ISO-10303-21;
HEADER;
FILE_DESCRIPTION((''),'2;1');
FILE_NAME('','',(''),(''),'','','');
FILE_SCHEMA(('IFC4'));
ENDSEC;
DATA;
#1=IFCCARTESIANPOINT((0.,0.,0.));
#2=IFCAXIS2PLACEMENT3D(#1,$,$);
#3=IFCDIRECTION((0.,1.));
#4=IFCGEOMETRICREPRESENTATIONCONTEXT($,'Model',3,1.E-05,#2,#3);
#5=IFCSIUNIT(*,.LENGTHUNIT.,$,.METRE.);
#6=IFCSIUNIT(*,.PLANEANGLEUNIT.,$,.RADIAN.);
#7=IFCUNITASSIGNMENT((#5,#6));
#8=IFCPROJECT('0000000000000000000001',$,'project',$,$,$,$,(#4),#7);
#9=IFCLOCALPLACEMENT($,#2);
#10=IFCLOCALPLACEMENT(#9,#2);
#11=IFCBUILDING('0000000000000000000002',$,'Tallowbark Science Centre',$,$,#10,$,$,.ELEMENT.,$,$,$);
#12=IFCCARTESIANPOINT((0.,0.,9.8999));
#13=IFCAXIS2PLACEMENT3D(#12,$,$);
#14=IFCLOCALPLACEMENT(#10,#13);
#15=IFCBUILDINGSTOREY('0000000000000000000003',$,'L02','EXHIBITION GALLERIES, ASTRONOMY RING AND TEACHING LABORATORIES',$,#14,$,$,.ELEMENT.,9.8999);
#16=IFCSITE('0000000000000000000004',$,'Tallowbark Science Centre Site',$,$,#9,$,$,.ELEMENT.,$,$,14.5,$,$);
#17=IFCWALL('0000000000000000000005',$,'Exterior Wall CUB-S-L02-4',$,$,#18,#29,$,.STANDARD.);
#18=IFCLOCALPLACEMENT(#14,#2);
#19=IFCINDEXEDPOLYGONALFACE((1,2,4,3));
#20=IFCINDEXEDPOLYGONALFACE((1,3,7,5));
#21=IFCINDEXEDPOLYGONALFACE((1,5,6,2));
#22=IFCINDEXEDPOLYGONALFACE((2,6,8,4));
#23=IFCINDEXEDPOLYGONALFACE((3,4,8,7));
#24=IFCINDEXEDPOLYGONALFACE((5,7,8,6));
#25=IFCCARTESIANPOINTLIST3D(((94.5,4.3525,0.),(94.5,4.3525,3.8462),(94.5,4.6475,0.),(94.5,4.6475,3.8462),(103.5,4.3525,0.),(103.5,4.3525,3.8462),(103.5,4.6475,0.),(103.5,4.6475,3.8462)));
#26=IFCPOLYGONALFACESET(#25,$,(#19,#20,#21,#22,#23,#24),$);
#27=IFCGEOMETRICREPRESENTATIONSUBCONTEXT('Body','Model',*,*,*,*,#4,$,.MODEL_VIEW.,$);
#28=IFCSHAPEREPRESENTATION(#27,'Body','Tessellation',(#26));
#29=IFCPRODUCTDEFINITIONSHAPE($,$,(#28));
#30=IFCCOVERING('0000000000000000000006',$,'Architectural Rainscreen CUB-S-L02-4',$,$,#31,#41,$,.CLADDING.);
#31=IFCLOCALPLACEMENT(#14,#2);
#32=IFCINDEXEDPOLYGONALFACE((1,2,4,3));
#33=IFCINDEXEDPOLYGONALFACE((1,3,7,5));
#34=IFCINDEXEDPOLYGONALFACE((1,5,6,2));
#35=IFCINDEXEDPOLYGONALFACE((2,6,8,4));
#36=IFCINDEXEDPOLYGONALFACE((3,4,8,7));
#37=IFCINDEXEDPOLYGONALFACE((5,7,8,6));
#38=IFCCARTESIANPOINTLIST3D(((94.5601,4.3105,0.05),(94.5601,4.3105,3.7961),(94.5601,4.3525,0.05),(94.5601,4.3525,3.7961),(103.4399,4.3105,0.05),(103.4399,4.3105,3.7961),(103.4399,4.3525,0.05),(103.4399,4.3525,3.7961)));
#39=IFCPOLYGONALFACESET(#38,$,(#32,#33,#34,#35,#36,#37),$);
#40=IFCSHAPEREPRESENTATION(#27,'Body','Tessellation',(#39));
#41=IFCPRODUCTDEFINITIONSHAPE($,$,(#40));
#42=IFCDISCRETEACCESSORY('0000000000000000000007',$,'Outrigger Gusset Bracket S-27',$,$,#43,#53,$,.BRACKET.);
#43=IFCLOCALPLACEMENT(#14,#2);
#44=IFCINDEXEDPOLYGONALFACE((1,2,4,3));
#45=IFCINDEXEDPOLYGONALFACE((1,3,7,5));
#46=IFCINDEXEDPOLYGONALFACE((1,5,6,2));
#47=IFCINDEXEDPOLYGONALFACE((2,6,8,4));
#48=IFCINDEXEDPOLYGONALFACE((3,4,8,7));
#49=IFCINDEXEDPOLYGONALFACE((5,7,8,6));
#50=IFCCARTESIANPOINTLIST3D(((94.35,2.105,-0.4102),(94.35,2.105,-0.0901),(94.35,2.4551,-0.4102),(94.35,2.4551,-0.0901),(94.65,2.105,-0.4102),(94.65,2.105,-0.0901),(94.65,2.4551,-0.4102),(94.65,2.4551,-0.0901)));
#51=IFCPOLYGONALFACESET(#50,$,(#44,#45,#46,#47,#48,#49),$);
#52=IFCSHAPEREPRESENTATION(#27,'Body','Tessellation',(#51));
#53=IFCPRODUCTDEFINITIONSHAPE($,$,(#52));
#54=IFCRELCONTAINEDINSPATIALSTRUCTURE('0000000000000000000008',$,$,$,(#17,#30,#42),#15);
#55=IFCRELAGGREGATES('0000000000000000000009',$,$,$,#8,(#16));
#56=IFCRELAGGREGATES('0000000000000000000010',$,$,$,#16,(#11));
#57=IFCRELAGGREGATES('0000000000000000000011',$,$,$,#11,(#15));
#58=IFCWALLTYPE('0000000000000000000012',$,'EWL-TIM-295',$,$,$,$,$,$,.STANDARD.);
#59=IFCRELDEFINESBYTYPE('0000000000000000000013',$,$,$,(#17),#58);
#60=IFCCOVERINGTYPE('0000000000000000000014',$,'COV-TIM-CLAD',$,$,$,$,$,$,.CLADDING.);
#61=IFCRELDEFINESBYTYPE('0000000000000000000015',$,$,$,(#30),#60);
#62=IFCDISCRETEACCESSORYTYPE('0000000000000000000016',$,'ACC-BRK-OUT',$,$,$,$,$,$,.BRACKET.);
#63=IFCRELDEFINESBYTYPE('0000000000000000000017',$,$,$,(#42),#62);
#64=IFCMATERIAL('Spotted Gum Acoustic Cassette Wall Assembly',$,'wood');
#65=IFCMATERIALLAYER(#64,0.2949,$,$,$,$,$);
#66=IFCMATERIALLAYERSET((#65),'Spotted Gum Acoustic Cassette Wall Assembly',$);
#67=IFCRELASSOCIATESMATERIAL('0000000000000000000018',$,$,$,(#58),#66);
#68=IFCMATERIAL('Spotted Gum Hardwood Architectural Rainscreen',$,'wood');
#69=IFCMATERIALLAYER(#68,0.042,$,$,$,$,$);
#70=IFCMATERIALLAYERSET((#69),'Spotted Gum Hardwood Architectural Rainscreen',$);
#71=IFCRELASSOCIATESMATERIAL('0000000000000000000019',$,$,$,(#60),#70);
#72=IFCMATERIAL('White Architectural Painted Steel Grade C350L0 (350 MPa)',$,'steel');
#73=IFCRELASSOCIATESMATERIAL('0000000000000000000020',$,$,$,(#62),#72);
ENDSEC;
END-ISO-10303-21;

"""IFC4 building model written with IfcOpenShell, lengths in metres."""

from ifc_helpers import new_model, si_unit, direction, frame, frame_2d, origin, origin_2d, place, context, subcontext, project, spatial, rectangle, extrude, material, layer, layer_set, type_object, element, save


model = new_model("IFC4")

# Units and contexts
model_context = context("Model", 3, precision=1e-05, world=origin(), true_north=direction((0.0, 1.0)))
body_context = subcontext(model_context, "Body", "Model", "MODEL_VIEW")
ifc_project = project(units=[si_unit("LENGTHUNIT", "METRE"), si_unit("PLANEANGLEUNIT", "RADIAN")], contexts=[model_context])

# Site, building, storey
site_placement = place(None, origin())
site = spatial("IfcSite", under=ifc_project, at=site_placement, Name="Tallowbark Science Centre Site", CompositionType="ELEMENT", RefElevation=14.5)
building_placement = place(site_placement, origin())
building = spatial("IfcBuilding", under=site, at=building_placement, Name="Tallowbark Science Centre", CompositionType="ELEMENT")
storey_placement = place(building_placement, frame((0.0, 0.0, 9.8999)))
storey = spatial("IfcBuildingStorey", under=building, at=storey_placement, Name="L02", Description="EXHIBITION GALLERIES, ASTRONOMY RING AND TEACHING LABORATORIES", CompositionType="ELEMENT", Elevation=9.8999)

# Shared definitions
ifc_material_1 = material(Name="White Architectural Painted Steel Grade C350L0 (350 MPa)", Category="steel")

# Wall
ifc_material_2 = material(Name="Spotted Gum Acoustic Cassette Wall Assembly", Category="wood")
ifc_layer_1 = layer(ifc_material_2, 0.2949)
ifc_layer_set_1 = layer_set([ifc_layer_1], Name="Spotted Gum Acoustic Cassette Wall Assembly")
wall_type = type_object("IfcWallType", Name="EWL-TIM-295", PredefinedType="STANDARD", material=ifc_layer_set_1)
wall_placement = place(storey_placement, frame((94.5, 4.5, 0.0), z_axis=(0.0, 0.0, 1.0), x_axis=(1.0, 0.0, 0.0)))
element("IfcWall", 1, at=wall_placement, inside=storey, type_object=wall_type, Name="Exterior Wall CUB-S-L02-4", PredefinedType="STANDARD", context=body_context, shape_type="SweptSolid", body=[
    extrude(rectangle(XDim=9.0, YDim=0.2949, at=frame_2d((4.5, 0.0))), origin(), (0.0, 0.0, 1.0), 3.8462),
])

# Covering
ifc_material_3 = material(Name="Spotted Gum Hardwood Architectural Rainscreen", Category="wood")
ifc_layer_2 = layer(ifc_material_3, 0.042)
ifc_layer_set_2 = layer_set([ifc_layer_2], Name="Spotted Gum Hardwood Architectural Rainscreen")
covering_type = type_object("IfcCoveringType", Name="COV-TIM-CLAD", PredefinedType="CLADDING", material=ifc_layer_set_2)
covering_placement = place(storey_placement, frame((99.0, 4.3315, 0.05), z_axis=(0.0, 0.0, 1.0), x_axis=(1.0, 0.0, 0.0)))
element("IfcCovering", 2, at=covering_placement, inside=storey, type_object=covering_type, Name="Architectural Rainscreen CUB-S-L02-4", PredefinedType="CLADDING", context=body_context, shape_type="SweptSolid", body=[
    extrude(rectangle(XDim=8.8799, YDim=0.042, at=origin_2d()), origin(), (0.0, 0.0, 1.0), 3.7461),
])

# Discrete accessory
discrete_accessory_type = type_object("IfcDiscreteAccessoryType", Name="ACC-BRK-OUT", PredefinedType="BRACKET", material=ifc_material_1)
discrete_accessory_placement = place(storey_placement, frame((94.5, 2.28, -0.4102), z_axis=(0.0, 0.0, 1.0), x_axis=(1.0, 0.0, 0.0)))
element("IfcDiscreteAccessory", 3, at=discrete_accessory_placement, inside=storey, type_object=discrete_accessory_type, Name="Outrigger Gusset Bracket S-27", PredefinedType="BRACKET", context=body_context, shape_type="SweptSolid", body=[
    extrude(rectangle(XDim=0.3, YDim=0.3501, at=origin_2d()), origin(), (0.0, 0.0, 1.0), 0.3201),
])

save(model, "model.ifc")
